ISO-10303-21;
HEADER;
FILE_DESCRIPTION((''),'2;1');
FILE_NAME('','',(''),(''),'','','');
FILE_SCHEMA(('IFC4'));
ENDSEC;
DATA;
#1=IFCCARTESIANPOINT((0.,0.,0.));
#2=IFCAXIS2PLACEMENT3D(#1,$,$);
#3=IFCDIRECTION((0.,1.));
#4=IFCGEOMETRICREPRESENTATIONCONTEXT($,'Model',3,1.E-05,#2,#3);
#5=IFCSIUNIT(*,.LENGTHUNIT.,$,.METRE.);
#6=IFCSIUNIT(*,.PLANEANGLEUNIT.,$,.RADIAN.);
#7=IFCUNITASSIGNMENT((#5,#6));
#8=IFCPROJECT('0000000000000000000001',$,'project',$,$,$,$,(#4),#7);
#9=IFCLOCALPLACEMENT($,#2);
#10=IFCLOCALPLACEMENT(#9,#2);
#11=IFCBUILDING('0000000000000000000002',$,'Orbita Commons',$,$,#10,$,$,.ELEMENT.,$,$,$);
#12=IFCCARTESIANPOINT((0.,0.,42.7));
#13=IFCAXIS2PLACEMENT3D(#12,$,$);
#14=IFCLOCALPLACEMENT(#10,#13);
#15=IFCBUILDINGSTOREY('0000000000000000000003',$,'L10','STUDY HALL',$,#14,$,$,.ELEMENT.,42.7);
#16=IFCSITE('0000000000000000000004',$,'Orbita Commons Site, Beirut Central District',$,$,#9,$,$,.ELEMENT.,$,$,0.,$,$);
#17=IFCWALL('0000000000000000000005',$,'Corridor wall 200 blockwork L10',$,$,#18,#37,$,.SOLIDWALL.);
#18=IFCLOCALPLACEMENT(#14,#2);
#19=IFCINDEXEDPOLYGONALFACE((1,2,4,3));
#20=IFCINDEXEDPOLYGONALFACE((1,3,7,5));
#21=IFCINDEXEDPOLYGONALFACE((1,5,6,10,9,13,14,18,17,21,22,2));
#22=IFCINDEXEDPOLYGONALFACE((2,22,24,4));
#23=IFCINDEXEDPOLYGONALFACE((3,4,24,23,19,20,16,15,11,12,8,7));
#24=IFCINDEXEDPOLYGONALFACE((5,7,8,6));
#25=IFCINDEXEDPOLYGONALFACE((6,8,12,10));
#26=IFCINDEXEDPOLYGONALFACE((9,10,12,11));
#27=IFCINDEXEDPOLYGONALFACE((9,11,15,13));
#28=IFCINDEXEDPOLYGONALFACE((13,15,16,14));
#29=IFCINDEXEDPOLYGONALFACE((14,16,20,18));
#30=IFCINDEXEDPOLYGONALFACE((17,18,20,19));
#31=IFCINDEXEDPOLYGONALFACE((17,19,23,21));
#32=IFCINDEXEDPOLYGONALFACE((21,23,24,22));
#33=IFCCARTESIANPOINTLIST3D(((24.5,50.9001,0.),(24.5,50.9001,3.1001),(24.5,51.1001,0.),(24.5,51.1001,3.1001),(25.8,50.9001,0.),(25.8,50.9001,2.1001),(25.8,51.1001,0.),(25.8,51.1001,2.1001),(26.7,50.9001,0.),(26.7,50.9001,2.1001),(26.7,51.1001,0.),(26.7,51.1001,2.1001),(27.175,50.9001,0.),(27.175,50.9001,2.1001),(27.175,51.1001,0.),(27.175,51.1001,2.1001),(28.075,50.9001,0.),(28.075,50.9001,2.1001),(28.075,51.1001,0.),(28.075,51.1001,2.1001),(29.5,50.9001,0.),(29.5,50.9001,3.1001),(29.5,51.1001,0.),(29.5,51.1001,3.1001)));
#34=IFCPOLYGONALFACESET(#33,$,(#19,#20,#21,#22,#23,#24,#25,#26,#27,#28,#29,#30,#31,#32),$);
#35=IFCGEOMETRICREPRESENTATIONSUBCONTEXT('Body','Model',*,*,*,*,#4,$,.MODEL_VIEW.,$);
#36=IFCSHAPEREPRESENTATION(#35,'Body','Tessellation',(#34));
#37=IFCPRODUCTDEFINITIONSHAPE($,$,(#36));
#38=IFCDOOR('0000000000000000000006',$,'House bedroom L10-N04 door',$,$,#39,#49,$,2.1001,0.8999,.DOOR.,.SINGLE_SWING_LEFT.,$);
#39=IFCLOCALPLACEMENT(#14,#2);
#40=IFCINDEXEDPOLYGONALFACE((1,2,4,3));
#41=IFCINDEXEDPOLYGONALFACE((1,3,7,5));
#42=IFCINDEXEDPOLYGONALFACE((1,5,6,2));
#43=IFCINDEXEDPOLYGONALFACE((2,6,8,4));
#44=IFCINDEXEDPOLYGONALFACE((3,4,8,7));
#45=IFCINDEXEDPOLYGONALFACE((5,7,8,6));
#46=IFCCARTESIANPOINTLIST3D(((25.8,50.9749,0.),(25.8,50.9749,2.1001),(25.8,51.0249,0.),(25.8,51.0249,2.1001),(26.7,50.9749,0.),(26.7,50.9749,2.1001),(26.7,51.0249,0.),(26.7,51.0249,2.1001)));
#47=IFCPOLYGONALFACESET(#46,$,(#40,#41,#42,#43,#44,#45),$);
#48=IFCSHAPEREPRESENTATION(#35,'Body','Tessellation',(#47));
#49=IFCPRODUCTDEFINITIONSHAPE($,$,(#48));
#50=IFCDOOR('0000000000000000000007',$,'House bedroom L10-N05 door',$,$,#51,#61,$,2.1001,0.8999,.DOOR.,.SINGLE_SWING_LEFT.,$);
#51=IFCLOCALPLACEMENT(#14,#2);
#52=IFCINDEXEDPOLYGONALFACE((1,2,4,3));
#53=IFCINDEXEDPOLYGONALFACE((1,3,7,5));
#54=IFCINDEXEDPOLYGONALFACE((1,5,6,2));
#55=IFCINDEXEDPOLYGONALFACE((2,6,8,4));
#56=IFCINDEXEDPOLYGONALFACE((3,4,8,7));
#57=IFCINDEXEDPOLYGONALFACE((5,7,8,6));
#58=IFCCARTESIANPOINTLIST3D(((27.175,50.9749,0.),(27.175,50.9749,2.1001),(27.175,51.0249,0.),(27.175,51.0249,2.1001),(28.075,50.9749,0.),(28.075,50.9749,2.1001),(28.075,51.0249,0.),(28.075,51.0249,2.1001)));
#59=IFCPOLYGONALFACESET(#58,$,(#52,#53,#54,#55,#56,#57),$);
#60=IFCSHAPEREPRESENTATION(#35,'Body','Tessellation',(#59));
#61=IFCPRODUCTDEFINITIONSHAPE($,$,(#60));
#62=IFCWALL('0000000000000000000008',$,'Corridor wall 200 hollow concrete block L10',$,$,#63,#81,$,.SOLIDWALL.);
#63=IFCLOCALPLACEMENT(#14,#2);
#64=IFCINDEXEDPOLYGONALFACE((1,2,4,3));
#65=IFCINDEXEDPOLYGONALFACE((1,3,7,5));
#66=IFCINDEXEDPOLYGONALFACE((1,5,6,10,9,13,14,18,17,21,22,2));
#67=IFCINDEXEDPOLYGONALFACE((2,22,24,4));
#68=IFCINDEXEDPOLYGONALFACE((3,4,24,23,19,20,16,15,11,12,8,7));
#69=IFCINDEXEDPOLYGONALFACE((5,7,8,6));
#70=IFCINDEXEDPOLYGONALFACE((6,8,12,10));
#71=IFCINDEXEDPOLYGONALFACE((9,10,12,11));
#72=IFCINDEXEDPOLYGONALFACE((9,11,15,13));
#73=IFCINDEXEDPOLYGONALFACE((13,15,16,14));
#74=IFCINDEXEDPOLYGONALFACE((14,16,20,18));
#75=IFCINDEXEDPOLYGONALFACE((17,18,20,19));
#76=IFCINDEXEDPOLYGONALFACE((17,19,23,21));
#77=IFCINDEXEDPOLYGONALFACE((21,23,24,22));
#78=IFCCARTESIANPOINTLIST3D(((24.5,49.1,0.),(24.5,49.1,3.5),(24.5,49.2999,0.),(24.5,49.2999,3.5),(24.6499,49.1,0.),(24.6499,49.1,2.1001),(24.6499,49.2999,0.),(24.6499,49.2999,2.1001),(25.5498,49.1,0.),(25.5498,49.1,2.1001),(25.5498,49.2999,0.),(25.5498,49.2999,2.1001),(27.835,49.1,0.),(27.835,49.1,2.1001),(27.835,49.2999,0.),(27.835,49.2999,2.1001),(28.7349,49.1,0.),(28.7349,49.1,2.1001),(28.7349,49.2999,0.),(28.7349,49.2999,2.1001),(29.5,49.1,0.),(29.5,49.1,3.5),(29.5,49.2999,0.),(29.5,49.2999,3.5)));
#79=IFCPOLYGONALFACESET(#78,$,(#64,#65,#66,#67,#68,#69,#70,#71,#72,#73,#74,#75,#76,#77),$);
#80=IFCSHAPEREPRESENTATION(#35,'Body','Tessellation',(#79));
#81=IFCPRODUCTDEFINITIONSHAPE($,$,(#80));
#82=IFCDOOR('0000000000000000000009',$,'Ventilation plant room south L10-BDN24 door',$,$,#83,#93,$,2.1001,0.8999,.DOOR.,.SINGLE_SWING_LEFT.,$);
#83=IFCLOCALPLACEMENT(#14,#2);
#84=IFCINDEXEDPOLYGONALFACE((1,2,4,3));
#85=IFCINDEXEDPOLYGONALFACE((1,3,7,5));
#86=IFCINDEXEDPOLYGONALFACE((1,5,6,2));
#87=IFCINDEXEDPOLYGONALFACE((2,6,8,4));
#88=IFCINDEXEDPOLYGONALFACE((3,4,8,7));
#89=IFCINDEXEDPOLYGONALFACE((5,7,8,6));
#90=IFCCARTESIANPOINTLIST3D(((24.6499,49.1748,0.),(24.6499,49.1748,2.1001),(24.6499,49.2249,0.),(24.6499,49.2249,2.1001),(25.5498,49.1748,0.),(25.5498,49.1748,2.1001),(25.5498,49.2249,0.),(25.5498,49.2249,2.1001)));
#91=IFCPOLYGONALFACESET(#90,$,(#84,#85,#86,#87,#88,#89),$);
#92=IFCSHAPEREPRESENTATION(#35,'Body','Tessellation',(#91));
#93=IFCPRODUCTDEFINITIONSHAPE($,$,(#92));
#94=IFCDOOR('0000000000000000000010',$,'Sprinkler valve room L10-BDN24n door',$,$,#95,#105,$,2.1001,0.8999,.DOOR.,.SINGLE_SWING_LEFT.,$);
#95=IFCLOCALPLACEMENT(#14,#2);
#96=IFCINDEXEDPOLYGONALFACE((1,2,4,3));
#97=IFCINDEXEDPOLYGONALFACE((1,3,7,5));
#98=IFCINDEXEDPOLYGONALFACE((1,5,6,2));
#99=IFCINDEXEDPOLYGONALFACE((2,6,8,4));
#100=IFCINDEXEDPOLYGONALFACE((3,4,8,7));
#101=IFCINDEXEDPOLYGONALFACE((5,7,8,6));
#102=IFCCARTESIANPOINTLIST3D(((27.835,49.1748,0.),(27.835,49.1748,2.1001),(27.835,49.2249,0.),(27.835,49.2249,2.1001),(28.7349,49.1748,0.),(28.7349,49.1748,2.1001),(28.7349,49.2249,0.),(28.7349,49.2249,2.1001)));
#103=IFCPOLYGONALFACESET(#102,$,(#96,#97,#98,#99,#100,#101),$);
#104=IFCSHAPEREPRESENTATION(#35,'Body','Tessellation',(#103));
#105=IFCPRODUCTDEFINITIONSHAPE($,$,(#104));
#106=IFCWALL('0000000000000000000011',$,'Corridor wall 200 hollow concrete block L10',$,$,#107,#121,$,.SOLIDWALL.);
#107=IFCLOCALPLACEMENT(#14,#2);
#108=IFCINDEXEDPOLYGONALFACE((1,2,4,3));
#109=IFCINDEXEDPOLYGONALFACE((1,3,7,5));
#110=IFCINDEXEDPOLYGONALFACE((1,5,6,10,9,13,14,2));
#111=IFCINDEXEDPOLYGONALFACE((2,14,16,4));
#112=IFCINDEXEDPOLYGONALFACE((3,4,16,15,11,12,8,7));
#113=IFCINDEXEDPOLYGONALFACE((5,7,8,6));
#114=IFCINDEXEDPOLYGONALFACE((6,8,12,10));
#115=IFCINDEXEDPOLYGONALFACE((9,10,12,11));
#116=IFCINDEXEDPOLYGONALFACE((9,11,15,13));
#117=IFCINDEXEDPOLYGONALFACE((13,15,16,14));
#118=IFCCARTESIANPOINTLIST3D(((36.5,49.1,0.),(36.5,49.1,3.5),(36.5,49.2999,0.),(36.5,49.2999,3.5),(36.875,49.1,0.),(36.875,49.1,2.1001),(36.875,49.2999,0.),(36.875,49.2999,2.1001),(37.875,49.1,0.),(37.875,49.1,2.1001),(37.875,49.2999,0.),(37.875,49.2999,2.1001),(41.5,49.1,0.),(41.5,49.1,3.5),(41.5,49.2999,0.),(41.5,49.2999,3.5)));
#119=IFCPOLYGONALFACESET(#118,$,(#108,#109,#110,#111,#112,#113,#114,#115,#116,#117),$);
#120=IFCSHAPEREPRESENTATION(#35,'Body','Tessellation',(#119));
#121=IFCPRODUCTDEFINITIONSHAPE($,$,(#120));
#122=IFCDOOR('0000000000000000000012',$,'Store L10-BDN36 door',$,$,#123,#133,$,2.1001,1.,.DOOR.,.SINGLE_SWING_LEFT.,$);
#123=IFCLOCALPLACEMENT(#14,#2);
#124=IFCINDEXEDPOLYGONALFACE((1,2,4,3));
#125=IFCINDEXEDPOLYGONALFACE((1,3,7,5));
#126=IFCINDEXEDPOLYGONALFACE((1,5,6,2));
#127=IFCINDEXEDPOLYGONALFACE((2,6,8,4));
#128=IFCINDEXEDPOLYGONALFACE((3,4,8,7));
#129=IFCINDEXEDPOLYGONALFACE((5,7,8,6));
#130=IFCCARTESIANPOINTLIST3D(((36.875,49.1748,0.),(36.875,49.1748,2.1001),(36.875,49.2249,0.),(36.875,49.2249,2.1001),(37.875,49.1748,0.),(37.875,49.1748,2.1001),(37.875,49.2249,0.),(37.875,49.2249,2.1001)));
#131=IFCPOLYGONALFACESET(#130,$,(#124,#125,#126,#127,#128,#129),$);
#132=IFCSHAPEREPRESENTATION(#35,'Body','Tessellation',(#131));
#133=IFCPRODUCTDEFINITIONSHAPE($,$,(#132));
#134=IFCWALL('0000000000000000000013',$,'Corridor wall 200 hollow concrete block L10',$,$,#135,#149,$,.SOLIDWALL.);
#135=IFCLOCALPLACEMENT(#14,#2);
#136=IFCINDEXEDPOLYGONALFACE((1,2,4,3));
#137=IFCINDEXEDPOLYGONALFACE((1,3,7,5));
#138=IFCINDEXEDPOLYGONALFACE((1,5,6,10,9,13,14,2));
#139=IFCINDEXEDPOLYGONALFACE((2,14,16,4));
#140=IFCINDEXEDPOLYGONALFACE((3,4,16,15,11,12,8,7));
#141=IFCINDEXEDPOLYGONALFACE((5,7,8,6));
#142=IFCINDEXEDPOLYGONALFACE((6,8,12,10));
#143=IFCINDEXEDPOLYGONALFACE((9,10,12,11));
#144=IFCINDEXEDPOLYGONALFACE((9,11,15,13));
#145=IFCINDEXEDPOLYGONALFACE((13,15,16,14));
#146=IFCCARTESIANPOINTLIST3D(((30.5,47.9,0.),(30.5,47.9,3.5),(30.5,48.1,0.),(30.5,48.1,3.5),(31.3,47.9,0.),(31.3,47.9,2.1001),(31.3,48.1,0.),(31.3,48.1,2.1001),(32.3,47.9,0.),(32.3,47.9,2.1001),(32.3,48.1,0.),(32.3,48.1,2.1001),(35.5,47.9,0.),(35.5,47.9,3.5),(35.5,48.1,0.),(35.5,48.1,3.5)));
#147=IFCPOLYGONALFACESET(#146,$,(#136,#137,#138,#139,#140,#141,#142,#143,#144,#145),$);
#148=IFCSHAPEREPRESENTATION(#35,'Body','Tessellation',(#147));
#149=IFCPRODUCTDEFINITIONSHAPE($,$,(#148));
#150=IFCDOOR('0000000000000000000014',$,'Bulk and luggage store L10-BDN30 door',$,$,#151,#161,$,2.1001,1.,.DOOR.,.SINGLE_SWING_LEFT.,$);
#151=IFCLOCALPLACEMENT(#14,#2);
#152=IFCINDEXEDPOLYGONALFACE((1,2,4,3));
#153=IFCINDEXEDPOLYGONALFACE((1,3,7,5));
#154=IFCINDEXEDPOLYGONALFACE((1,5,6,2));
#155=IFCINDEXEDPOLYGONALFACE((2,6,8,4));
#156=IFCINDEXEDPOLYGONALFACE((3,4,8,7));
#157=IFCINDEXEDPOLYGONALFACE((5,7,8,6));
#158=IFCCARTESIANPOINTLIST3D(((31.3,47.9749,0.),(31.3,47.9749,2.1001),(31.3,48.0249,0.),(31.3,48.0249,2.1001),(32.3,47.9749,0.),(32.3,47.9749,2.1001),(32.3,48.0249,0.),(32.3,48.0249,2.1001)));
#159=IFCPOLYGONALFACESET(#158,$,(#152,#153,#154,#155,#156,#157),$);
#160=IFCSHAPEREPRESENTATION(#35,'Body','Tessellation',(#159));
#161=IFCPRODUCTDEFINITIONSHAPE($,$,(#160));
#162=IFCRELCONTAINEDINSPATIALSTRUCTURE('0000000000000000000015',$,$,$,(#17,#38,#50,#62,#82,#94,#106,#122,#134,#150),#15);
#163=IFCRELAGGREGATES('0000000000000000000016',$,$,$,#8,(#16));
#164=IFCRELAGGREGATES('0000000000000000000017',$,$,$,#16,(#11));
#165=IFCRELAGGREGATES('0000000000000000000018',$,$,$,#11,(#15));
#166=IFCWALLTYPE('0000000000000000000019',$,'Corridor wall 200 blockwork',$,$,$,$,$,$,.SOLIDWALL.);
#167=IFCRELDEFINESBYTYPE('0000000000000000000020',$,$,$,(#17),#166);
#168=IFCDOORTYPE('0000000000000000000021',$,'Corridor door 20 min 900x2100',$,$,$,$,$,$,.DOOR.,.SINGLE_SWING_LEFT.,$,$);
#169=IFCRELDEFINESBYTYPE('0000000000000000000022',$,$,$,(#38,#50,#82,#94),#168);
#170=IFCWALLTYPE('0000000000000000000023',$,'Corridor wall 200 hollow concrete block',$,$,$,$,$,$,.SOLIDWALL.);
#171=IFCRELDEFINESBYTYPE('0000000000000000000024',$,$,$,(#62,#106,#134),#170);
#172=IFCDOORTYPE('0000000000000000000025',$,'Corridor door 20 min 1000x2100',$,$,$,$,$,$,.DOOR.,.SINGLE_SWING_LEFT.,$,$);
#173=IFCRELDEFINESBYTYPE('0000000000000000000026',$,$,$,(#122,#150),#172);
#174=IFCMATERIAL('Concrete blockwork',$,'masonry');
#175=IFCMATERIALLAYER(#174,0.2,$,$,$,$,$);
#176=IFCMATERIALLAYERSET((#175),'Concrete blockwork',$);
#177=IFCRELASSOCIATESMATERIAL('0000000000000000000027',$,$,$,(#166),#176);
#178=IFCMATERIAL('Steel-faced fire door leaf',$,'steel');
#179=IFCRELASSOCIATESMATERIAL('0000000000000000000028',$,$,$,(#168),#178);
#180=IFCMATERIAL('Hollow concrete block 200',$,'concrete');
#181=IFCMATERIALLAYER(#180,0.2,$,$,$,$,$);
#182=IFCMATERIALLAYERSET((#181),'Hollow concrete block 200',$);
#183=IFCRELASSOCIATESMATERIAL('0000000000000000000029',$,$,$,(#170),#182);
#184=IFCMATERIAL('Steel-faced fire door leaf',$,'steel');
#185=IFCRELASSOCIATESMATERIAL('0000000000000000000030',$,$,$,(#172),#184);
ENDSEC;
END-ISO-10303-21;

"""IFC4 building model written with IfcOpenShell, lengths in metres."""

from ifc_helpers import new_model, si_unit, direction, frame, frame_2d, origin, place, context, subcontext, project, spatial, polyline, rectangle, outline, extrude, material, layer, layer_set, type_object, element, fill, save


model = new_model("IFC4")

# Units and contexts
model_context = context("Model", 3, precision=1e-05, world=origin(), true_north=direction((0.0, 1.0)))
body_context = subcontext(model_context, "Body", "Model", "MODEL_VIEW")
ifc_project = project(units=[si_unit("LENGTHUNIT", "METRE"), si_unit("PLANEANGLEUNIT", "RADIAN")], contexts=[model_context])

# Site, building, storey
site_placement = place(None, origin())
site = spatial("IfcSite", under=ifc_project, at=site_placement, Name="Orbita Commons Site, Beirut Central District", CompositionType="ELEMENT", RefElevation=0.0)
building_placement = place(site_placement, origin())
building = spatial("IfcBuilding", under=site, at=building_placement, Name="Orbita Commons", CompositionType="ELEMENT")
storey_placement = place(building_placement, frame((0.0, 0.0, 42.7)))
storey = spatial("IfcBuildingStorey", under=building, at=storey_placement, Name="L10", Description="STUDY HALL", CompositionType="ELEMENT", Elevation=42.7)

# Walls, openings, doors
ifc_material_1 = material(Name="Concrete blockwork", Category="masonry")
ifc_layer_1 = layer(ifc_material_1, 0.2)
ifc_layer_set_1 = layer_set([ifc_layer_1], Name="Concrete blockwork")
wall_type_1 = type_object("IfcWallType", Name="Corridor wall 200 blockwork", PredefinedType="SOLIDWALL", material=ifc_layer_set_1)
wall_1_placement = place(storey_placement, frame((24.5, 51.0, 0.0), z_axis=(0.0, 0.0, 1.0), x_axis=(1.0, 0.0, 0.0)))
wall_1 = element("IfcWall", 1, at=wall_1_placement, inside=storey, type_object=wall_type_1, Name="Corridor wall 200 blockwork L10", PredefinedType="SOLIDWALL", context=body_context, shape_type="SweptSolid", body=[
    extrude(outline(polyline([(0.0, 0.0), (5.0, 0.0), (5.0, 3.1001), (0.0, 3.1001), (0.0, 0.0)])), frame((0.0, 0.1001, 0.0), z_axis=(0.0, -1.0, 0.0), x_axis=(1.0, 0.0, 0.0)), (0.0, 0.0, 1.0), 0.2),
])
opening_1_placement = place(wall_1_placement, frame((1.3, 0.0, 0.0)))
opening_1 = element("IfcOpeningElement", 2, at=opening_1_placement, cuts=wall_1, PredefinedType="OPENING", context=body_context, shape_type="SweptSolid", body=[
    extrude(rectangle(XDim=0.8999, YDim=2.1001, at=frame_2d((0.45, 1.05))), frame((0.0, 0.1099, 0.0), z_axis=(0.0, -1.0, 0.0), x_axis=(1.0, 0.0, 0.0)), (0.0, 0.0, 1.0), 0.22),
])
opening_2_placement = place(wall_1_placement, frame((2.675, 0.0, 0.0)))
opening_2 = element("IfcOpeningElement", 3, at=opening_2_placement, cuts=wall_1, PredefinedType="OPENING", context=body_context, shape_type="SweptSolid", body=[
    extrude(rectangle(XDim=0.8999, YDim=2.1001, at=frame_2d((0.45, 1.05))), frame((0.0, 0.1099, 0.0), z_axis=(0.0, -1.0, 0.0), x_axis=(1.0, 0.0, 0.0)), (0.0, 0.0, 1.0), 0.22),
])
ifc_material_2 = material(Name="Steel-faced fire door leaf", Category="steel")
door_type_1 = type_object("IfcDoorType", Name="Corridor door 20 min 900x2100", OperationType="SINGLE_SWING_LEFT", PredefinedType="DOOR", material=ifc_material_2)
door_1_placement = place(opening_1_placement, origin())
door_1 = element("IfcDoor", 4, at=door_1_placement, inside=storey, type_object=door_type_1, Name="House bedroom L10-N04 door", OperationType="SINGLE_SWING_LEFT", OverallHeight=2.1001, OverallWidth=0.8999, PredefinedType="DOOR", context=body_context, shape_type="SweptSolid", body=[
    extrude(rectangle(XDim=0.8999, YDim=2.1001, at=frame_2d((0.45, 1.05))), frame((0.0, 0.0249, 0.0), z_axis=(0.0, -1.0, 0.0), x_axis=(1.0, 0.0, 0.0)), (0.0, 0.0, 1.0), 0.05),
])
fill(opening_1, door_1)
door_2_placement = place(opening_2_placement, origin())
door_2 = element("IfcDoor", 5, at=door_2_placement, inside=storey, type_object=door_type_1, Name="House bedroom L10-N05 door", OperationType="SINGLE_SWING_LEFT", OverallHeight=2.1001, OverallWidth=0.8999, PredefinedType="DOOR", context=body_context, shape_type="SweptSolid", body=[
    extrude(rectangle(XDim=0.8999, YDim=2.1001, at=frame_2d((0.45, 1.05))), frame((0.0, 0.0249, 0.0), z_axis=(0.0, -1.0, 0.0), x_axis=(1.0, 0.0, 0.0)), (0.0, 0.0, 1.0), 0.05),
])
fill(opening_2, door_2)
ifc_material_3 = material(Name="Hollow concrete block 200", Category="concrete")
ifc_layer_2 = layer(ifc_material_3, 0.2)
ifc_layer_set_2 = layer_set([ifc_layer_2], Name="Hollow concrete block 200")
wall_type_2 = type_object("IfcWallType", Name="Corridor wall 200 hollow concrete block", PredefinedType="SOLIDWALL", material=ifc_layer_set_2)
wall_2_placement = place(storey_placement, frame((24.5, 49.2, 0.0), z_axis=(0.0, 0.0, 1.0), x_axis=(1.0, 0.0, 0.0)))
wall_2 = element("IfcWall", 6, at=wall_2_placement, inside=storey, type_object=wall_type_2, Name="Corridor wall 200 hollow concrete block L10", PredefinedType="SOLIDWALL", context=body_context, shape_type="SweptSolid", body=[
    extrude(rectangle(XDim=5.0, YDim=0.2, at=frame_2d((2.5, 0.0))), origin(), (0.0, 0.0, 1.0), 3.5),
])
opening_3_placement = place(wall_2_placement, frame((0.1499, 0.0, 0.0)))
opening_3 = element("IfcOpeningElement", 7, at=opening_3_placement, cuts=wall_2, PredefinedType="OPENING", context=body_context, shape_type="SweptSolid", body=[
    extrude(rectangle(XDim=0.8999, YDim=2.1001, at=frame_2d((0.45, 1.05))), frame((0.0, 0.1099, 0.0), z_axis=(0.0, -1.0, 0.0), x_axis=(1.0, 0.0, 0.0)), (0.0, 0.0, 1.0), 0.22),
])
opening_4_placement = place(wall_2_placement, frame((3.335, 0.0, 0.0)))
opening_4 = element("IfcOpeningElement", 8, at=opening_4_placement, cuts=wall_2, PredefinedType="OPENING", context=body_context, shape_type="SweptSolid", body=[
    extrude(rectangle(XDim=0.8999, YDim=2.1001, at=frame_2d((0.45, 1.05))), frame((0.0, 0.1099, 0.0), z_axis=(0.0, -1.0, 0.0), x_axis=(1.0, 0.0, 0.0)), (0.0, 0.0, 1.0), 0.22),
])
door_3_placement = place(opening_3_placement, origin())
door_3 = element("IfcDoor", 9, at=door_3_placement, inside=storey, type_object=door_type_1, Name="Ventilation plant room south L10-BDN24 door", OperationType="SINGLE_SWING_LEFT", OverallHeight=2.1001, OverallWidth=0.8999, PredefinedType="DOOR", context=body_context, shape_type="SweptSolid", body=[
    extrude(rectangle(XDim=0.8999, YDim=2.1001, at=frame_2d((0.45, 1.05))), frame((0.0, 0.0249, 0.0), z_axis=(0.0, -1.0, 0.0), x_axis=(1.0, 0.0, 0.0)), (0.0, 0.0, 1.0), 0.05),
])
fill(opening_3, door_3)
door_4_placement = place(opening_4_placement, origin())
door_4 = element("IfcDoor", 10, at=door_4_placement, inside=storey, type_object=door_type_1, Name="Sprinkler valve room L10-BDN24n door", OperationType="SINGLE_SWING_LEFT", OverallHeight=2.1001, OverallWidth=0.8999, PredefinedType="DOOR", context=body_context, shape_type="SweptSolid", body=[
    extrude(rectangle(XDim=0.8999, YDim=2.1001, at=frame_2d((0.45, 1.05))), frame((0.0, 0.0249, 0.0), z_axis=(0.0, -1.0, 0.0), x_axis=(1.0, 0.0, 0.0)), (0.0, 0.0, 1.0), 0.05),
])
fill(opening_4, door_4)

# Walls, openings, doors
wall_3_placement = place(storey_placement, frame((36.5, 49.2, 0.0), z_axis=(0.0, 0.0, 1.0), x_axis=(1.0, 0.0, 0.0)))
wall_3 = element("IfcWall", 11, at=wall_3_placement, inside=storey, type_object=wall_type_2, Name="Corridor wall 200 hollow concrete block L10", PredefinedType="SOLIDWALL", context=body_context, shape_type="SweptSolid", body=[
    extrude(rectangle(XDim=5.0, YDim=0.2, at=frame_2d((2.5, 0.0))), origin(), (0.0, 0.0, 1.0), 3.5),
])
opening_5_placement = place(wall_3_placement, frame((0.375, 0.0, 0.0)))
opening_5 = element("IfcOpeningElement", 12, at=opening_5_placement, cuts=wall_3, PredefinedType="OPENING", context=body_context, shape_type="SweptSolid", body=[
    extrude(rectangle(XDim=1.0, YDim=2.1001, at=frame_2d((0.5, 1.05))), frame((0.0, 0.1099, 0.0), z_axis=(0.0, -1.0, 0.0), x_axis=(1.0, 0.0, 0.0)), (0.0, 0.0, 1.0), 0.22),
])
ifc_material_4 = material(Name="Steel-faced fire door leaf", Category="steel")
door_type_2 = type_object("IfcDoorType", Name="Corridor door 20 min 1000x2100", OperationType="SINGLE_SWING_LEFT", PredefinedType="DOOR", material=ifc_material_4)
door_5_placement = place(opening_5_placement, origin())
door_5 = element("IfcDoor", 13, at=door_5_placement, inside=storey, type_object=door_type_2, Name="Store L10-BDN36 door", OperationType="SINGLE_SWING_LEFT", OverallHeight=2.1001, OverallWidth=1.0, PredefinedType="DOOR", context=body_context, shape_type="SweptSolid", body=[
    extrude(rectangle(XDim=1.0, YDim=2.1001, at=frame_2d((0.5, 1.05))), frame((0.0, 0.0249, 0.0), z_axis=(0.0, -1.0, 0.0), x_axis=(1.0, 0.0, 0.0)), (0.0, 0.0, 1.0), 0.05),
])
fill(opening_5, door_5)
wall_4_placement = place(storey_placement, frame((30.5, 48.0, 0.0), z_axis=(0.0, 0.0, 1.0), x_axis=(1.0, 0.0, 0.0)))
wall_4 = element("IfcWall", 14, at=wall_4_placement, inside=storey, type_object=wall_type_2, Name="Corridor wall 200 hollow concrete block L10", PredefinedType="SOLIDWALL", context=body_context, shape_type="SweptSolid", body=[
    extrude(rectangle(XDim=5.0, YDim=0.2, at=frame_2d((2.5, 0.0))), origin(), (0.0, 0.0, 1.0), 3.5),
])
opening_6_placement = place(wall_4_placement, frame((0.8, 0.0, 0.0)))
opening_6 = element("IfcOpeningElement", 15, at=opening_6_placement, cuts=wall_4, PredefinedType="OPENING", context=body_context, shape_type="SweptSolid", body=[
    extrude(rectangle(XDim=1.0, YDim=2.1001, at=frame_2d((0.5, 1.05))), frame((0.0, 0.1099, 0.0), z_axis=(0.0, -1.0, 0.0), x_axis=(1.0, 0.0, 0.0)), (0.0, 0.0, 1.0), 0.22),
])
door_6_placement = place(opening_6_placement, origin())
door_6 = element("IfcDoor", 16, at=door_6_placement, inside=storey, type_object=door_type_2, Name="Bulk and luggage store L10-BDN30 door", OperationType="SINGLE_SWING_LEFT", OverallHeight=2.1001, OverallWidth=1.0, PredefinedType="DOOR", context=body_context, shape_type="SweptSolid", body=[
    extrude(rectangle(XDim=1.0, YDim=2.1001, at=frame_2d((0.5, 1.05))), frame((0.0, 0.0249, 0.0), z_axis=(0.0, -1.0, 0.0), x_axis=(1.0, 0.0, 0.0)), (0.0, 0.0, 1.0), 0.05),
])
fill(opening_6, door_6)

save(model, "model.ifc")
